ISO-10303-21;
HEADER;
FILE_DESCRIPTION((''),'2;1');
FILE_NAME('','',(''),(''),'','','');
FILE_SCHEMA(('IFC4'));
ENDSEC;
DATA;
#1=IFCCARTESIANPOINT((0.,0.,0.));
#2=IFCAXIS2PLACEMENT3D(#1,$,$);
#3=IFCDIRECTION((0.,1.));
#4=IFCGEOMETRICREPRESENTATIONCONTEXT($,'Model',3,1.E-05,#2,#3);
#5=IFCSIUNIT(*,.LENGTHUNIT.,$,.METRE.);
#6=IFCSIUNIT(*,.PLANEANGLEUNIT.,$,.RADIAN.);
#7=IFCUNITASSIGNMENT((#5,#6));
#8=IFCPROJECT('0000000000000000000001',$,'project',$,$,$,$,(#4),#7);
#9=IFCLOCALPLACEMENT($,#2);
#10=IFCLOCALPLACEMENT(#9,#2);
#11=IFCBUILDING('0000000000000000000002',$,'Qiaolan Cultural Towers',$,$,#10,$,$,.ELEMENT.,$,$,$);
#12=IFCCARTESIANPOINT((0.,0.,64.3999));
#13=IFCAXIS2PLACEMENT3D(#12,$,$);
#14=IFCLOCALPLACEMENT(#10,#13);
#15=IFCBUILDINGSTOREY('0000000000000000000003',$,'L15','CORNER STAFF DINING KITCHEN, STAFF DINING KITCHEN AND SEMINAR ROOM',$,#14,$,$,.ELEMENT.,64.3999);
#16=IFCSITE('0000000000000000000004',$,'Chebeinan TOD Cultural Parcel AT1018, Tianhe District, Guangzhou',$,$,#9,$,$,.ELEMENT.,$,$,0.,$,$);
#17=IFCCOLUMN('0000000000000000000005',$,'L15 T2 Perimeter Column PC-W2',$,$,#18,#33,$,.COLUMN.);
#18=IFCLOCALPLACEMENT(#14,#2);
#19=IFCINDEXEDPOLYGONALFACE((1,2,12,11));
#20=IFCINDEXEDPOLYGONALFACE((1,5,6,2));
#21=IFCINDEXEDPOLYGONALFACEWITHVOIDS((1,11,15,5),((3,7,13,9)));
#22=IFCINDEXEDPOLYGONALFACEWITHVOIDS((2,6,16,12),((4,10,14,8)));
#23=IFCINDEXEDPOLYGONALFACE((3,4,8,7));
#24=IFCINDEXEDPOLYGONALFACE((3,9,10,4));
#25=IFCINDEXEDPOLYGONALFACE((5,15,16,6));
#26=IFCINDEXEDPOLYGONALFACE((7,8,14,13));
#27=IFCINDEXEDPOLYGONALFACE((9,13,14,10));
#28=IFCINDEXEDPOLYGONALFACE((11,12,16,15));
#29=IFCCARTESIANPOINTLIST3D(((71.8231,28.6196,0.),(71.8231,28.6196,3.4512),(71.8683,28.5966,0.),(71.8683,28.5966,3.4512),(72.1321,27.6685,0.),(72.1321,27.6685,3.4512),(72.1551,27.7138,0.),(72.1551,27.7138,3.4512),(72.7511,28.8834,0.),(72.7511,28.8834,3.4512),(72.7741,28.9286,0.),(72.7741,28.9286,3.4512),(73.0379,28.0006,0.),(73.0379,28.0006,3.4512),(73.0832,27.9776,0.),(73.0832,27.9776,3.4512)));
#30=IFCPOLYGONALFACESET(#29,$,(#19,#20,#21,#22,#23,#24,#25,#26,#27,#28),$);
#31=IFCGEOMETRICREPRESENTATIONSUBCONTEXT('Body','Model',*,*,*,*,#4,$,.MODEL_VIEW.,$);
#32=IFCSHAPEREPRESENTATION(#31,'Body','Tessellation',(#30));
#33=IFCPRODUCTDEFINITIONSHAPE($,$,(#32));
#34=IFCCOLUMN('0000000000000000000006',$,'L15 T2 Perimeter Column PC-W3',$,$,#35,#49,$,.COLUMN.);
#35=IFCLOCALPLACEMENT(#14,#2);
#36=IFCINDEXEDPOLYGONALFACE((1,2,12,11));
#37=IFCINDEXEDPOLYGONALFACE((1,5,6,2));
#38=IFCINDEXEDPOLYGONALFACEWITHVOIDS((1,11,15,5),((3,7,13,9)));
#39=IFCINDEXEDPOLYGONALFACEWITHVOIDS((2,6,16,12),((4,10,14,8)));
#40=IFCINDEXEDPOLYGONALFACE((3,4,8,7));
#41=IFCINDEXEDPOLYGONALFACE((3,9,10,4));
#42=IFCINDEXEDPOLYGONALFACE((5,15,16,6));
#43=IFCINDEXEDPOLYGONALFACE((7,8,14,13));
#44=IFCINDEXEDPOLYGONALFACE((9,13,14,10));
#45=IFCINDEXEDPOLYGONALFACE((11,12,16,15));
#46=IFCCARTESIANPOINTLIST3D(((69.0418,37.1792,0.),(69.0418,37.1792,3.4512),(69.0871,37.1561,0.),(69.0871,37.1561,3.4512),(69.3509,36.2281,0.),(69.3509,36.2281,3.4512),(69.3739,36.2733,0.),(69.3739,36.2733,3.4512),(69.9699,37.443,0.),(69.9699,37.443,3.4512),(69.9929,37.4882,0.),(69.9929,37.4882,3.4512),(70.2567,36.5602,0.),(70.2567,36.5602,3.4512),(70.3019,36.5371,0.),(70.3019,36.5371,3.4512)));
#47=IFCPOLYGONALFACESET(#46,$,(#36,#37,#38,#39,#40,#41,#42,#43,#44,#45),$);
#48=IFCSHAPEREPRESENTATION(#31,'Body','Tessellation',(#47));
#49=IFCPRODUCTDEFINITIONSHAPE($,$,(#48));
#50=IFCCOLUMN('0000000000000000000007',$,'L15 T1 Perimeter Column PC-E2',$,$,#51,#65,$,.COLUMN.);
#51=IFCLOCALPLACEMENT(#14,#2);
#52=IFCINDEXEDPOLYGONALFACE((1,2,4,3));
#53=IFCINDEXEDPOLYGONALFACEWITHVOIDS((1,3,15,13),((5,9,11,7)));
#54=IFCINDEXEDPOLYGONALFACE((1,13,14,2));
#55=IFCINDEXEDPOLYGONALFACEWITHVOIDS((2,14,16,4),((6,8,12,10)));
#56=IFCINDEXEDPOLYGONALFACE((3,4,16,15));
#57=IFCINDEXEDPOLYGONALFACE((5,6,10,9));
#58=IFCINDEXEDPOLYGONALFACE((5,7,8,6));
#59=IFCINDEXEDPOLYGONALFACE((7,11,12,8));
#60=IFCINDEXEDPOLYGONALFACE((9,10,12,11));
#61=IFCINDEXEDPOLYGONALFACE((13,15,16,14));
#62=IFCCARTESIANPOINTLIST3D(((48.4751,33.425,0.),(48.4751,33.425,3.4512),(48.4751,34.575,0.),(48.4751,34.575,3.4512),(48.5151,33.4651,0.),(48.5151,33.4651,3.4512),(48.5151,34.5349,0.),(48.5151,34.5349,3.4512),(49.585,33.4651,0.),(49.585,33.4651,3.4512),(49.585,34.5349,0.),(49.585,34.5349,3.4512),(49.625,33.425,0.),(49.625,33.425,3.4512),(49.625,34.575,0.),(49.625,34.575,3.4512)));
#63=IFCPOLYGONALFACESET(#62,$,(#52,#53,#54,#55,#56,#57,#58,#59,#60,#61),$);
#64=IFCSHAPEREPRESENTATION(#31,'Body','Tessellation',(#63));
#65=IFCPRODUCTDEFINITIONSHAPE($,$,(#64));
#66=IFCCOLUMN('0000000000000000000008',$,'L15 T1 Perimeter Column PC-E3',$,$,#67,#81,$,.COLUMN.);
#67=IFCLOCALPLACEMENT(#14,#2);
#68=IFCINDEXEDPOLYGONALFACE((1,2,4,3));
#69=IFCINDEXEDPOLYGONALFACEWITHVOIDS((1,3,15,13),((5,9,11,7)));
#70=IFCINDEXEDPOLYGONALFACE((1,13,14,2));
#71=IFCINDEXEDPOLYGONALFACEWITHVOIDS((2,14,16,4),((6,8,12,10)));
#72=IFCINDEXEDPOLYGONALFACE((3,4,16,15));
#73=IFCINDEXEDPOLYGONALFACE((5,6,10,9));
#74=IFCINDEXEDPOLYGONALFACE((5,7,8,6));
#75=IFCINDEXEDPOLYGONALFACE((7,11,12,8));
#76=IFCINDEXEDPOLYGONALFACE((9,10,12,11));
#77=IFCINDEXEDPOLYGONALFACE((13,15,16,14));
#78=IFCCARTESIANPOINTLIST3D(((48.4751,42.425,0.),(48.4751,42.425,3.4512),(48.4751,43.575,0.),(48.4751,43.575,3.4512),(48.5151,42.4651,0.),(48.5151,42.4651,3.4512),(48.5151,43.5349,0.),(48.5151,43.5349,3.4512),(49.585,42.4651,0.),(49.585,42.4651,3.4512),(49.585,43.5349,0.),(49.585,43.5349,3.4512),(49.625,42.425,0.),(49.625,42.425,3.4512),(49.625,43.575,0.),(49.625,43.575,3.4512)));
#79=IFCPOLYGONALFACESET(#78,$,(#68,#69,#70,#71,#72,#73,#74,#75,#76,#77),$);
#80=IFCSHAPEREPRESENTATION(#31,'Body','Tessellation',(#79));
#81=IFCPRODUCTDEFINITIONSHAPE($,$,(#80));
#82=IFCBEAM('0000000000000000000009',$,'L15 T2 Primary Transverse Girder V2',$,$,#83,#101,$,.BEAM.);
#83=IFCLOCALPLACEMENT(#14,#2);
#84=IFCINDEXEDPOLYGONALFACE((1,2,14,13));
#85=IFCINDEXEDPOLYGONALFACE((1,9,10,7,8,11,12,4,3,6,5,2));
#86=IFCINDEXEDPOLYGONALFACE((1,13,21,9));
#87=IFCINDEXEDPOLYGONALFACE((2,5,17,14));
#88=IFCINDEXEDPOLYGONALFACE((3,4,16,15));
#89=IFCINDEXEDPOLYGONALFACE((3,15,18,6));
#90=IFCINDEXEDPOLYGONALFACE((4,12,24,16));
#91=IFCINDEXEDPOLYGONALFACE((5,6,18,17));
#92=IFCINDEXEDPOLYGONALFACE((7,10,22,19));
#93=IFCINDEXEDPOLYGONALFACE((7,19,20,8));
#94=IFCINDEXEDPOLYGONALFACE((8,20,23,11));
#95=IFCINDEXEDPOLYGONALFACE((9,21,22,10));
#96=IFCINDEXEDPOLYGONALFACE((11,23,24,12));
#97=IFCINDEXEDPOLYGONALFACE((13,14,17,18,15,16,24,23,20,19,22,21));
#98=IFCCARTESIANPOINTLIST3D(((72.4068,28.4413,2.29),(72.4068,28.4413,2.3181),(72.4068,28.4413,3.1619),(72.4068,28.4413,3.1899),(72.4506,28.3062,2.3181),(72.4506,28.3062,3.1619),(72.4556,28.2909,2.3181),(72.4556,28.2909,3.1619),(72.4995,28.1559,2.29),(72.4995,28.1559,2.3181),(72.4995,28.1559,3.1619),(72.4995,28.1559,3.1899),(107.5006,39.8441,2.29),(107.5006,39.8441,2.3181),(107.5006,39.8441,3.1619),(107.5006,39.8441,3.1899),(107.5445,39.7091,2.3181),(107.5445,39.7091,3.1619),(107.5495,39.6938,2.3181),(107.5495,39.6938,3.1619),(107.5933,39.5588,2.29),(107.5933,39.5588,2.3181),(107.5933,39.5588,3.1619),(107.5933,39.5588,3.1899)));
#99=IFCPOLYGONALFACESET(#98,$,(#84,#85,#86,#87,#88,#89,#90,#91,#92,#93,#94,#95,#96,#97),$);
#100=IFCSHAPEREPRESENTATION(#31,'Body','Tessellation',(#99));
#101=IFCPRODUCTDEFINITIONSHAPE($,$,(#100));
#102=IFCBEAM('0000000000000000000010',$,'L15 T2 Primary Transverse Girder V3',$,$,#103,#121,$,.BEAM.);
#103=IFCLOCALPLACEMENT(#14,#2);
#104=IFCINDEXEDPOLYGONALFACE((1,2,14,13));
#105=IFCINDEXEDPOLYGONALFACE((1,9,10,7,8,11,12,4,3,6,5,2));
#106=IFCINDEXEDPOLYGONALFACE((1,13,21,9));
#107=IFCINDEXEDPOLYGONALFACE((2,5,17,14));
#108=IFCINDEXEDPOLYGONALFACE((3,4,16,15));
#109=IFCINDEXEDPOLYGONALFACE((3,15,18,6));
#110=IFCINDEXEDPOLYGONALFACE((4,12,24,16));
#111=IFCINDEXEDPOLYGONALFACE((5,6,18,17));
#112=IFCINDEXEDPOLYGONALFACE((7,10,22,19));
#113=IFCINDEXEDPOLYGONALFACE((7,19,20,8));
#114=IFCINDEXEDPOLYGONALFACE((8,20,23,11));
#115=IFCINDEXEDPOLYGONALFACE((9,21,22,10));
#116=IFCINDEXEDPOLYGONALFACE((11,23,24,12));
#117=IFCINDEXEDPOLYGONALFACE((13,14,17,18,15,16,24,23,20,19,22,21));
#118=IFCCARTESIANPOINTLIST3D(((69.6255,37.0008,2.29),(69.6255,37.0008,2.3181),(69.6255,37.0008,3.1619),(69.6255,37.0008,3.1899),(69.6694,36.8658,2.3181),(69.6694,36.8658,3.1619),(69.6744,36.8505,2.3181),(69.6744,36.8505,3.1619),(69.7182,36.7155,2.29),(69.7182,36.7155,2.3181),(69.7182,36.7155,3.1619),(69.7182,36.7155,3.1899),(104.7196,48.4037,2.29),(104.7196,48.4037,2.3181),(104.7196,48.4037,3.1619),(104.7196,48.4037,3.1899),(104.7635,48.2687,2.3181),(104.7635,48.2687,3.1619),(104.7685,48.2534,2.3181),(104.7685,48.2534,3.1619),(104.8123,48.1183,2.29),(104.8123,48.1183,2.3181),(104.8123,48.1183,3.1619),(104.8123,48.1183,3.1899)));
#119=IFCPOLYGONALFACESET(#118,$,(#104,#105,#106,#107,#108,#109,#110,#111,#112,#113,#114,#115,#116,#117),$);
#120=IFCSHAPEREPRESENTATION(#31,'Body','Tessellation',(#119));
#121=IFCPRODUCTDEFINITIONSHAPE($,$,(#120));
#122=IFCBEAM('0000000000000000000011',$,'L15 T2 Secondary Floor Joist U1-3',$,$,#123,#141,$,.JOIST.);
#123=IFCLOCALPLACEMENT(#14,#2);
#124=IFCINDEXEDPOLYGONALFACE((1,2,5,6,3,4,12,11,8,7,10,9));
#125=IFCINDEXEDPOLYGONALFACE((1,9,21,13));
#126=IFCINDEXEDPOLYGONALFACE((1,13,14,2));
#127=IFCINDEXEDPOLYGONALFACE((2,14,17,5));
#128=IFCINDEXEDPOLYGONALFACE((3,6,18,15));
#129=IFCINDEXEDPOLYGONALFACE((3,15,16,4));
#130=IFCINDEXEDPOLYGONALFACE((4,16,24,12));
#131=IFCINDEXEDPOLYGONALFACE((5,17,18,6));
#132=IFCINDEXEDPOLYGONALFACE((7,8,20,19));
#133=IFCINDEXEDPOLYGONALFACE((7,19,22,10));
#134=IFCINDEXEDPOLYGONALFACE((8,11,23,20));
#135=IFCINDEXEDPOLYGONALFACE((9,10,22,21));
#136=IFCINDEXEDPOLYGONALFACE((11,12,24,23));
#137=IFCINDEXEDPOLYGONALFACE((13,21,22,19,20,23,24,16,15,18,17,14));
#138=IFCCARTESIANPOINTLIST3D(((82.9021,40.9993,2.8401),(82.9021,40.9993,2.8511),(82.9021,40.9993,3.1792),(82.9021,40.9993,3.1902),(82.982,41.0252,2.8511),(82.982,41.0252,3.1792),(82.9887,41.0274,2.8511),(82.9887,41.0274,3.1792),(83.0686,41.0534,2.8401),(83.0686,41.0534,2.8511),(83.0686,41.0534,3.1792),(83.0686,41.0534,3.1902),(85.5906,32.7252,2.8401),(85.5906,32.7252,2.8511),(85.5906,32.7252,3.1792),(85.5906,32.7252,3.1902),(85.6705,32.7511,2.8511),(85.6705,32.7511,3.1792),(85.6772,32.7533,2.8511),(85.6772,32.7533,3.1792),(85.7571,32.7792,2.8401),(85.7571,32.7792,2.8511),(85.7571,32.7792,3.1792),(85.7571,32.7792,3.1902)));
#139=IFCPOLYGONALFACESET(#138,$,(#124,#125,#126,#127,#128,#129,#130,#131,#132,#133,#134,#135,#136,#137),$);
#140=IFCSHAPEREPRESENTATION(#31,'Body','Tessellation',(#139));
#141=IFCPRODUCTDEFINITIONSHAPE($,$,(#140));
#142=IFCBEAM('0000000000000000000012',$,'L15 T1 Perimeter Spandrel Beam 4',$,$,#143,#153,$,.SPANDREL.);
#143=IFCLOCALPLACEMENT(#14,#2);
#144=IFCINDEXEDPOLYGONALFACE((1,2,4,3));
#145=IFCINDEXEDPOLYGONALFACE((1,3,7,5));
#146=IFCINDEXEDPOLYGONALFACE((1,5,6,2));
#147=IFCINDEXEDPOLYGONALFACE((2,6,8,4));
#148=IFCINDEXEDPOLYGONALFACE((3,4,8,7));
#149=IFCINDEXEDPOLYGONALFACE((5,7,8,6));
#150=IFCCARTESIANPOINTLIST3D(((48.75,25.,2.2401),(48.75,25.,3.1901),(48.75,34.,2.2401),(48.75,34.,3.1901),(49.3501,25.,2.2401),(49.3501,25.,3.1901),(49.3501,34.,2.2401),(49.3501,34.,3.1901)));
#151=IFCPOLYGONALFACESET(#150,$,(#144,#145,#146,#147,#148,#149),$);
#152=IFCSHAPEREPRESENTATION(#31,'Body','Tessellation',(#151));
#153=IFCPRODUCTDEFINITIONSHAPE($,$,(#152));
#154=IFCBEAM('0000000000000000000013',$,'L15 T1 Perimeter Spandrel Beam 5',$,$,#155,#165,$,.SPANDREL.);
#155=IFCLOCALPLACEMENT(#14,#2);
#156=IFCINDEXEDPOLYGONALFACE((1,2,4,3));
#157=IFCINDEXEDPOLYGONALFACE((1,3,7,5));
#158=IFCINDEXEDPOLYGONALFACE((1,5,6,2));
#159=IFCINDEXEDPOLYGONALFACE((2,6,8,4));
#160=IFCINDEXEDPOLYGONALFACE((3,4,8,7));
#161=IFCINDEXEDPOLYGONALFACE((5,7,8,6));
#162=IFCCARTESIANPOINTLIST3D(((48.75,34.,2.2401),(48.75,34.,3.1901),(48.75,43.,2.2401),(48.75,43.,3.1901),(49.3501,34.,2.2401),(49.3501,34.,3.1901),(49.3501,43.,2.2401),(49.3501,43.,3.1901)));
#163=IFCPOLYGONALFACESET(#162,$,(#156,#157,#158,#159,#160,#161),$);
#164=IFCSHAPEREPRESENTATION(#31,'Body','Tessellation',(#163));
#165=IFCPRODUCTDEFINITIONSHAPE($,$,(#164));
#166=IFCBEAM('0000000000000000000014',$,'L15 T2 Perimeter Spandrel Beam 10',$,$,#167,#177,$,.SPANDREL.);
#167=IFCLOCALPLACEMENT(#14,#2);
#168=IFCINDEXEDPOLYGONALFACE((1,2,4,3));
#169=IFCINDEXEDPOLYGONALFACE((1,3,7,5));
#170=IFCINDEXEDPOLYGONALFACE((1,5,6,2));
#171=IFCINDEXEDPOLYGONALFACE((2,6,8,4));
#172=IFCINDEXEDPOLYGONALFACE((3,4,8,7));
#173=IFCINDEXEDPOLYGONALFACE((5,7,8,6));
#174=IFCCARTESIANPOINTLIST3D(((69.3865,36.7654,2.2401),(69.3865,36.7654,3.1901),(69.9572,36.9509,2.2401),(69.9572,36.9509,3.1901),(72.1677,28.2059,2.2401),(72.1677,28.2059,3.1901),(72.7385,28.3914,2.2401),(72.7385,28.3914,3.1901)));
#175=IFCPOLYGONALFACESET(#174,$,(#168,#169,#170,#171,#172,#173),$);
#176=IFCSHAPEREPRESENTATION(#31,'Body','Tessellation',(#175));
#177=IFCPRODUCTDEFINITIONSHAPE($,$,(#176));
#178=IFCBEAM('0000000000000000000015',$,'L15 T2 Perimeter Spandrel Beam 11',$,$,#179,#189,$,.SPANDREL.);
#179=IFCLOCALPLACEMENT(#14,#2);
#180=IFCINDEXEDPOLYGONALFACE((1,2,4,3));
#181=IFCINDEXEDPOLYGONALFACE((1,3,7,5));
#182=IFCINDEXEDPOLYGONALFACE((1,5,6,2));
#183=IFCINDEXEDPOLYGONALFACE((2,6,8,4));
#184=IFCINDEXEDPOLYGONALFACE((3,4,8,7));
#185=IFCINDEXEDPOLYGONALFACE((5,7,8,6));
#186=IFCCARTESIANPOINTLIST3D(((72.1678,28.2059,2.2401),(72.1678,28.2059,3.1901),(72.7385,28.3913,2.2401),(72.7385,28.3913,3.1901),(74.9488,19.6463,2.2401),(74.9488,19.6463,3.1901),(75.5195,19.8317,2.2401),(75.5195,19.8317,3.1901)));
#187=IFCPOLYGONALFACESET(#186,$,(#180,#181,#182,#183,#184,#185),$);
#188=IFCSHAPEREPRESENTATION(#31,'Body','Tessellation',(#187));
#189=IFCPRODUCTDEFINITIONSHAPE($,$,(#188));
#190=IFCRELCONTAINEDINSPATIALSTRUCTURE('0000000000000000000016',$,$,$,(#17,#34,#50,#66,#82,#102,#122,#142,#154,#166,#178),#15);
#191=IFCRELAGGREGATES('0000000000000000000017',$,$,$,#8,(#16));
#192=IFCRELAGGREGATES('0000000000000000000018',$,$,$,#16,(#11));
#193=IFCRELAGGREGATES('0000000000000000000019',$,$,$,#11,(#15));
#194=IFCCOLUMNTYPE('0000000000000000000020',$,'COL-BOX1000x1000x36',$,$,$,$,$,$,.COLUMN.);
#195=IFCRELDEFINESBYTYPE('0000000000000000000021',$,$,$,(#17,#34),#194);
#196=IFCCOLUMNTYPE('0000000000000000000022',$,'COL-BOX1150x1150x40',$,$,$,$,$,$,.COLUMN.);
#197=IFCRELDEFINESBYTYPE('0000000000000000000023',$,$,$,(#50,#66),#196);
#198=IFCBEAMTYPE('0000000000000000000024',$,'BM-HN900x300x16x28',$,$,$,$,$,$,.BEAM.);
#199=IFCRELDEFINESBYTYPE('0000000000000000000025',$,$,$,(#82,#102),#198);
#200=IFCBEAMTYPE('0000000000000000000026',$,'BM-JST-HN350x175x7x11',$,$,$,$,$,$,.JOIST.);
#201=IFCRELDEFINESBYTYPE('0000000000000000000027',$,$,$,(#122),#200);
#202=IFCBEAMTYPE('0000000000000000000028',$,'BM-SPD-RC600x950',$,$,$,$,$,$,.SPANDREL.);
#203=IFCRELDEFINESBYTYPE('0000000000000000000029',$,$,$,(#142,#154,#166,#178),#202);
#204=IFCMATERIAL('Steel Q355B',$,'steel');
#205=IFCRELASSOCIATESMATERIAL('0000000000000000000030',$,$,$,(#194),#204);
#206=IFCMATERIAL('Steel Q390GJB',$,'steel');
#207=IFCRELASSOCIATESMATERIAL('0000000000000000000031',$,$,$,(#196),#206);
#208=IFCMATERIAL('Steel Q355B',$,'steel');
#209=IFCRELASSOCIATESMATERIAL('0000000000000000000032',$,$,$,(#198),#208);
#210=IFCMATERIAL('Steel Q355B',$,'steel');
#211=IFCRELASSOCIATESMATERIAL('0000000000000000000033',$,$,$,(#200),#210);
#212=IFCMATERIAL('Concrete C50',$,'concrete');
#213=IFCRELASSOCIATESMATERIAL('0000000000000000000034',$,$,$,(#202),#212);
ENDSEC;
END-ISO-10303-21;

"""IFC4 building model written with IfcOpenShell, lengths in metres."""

from ifc_helpers import new_model, si_unit, direction, frame, origin, origin_2d, place, context, subcontext, project, spatial, rectangle, hollow_rectangle, i_section, extrude, material, material_profile, profile_set, type_object, element, save


model = new_model("IFC4")

# Units and contexts
model_context = context("Model", 3, precision=1e-05, world=origin(), true_north=direction((0.0, 1.0)))
body_context = subcontext(model_context, "Body", "Model", "MODEL_VIEW")
ifc_project = project(units=[si_unit("LENGTHUNIT", "METRE"), si_unit("PLANEANGLEUNIT", "RADIAN")], contexts=[model_context])

# Site, building, storey
site_placement = place(None, origin())
site = spatial("IfcSite", under=ifc_project, at=site_placement, Name="Chebeinan TOD Cultural Parcel AT1018, Tianhe District, Guangzhou", CompositionType="ELEMENT", RefElevation=0.0)
building_placement = place(site_placement, origin())
building = spatial("IfcBuilding", under=site, at=building_placement, Name="Qiaolan Cultural Towers", CompositionType="ELEMENT")
storey_placement = place(building_placement, frame((0.0, 0.0, 64.3999)))
storey = spatial("IfcBuildingStorey", under=building, at=storey_placement, Name="L15", Description="CORNER STAFF DINING KITCHEN, STAFF DINING KITCHEN AND SEMINAR ROOM", CompositionType="ELEMENT", Elevation=64.3999)

# Columns
ifc_material_1 = material(Name="Steel Q355B", Category="steel")
ifc_material_profile_1 = material_profile(ifc_material_1, hollow_rectangle(XDim=1.0, YDim=1.0, WallThickness=0.0359, at=origin_2d()), Name="BOX1000x1000x36")
ifc_profile_set_1 = profile_set([ifc_material_profile_1], Name="Steel Q355B")
column_type_1 = type_object("IfcColumnType", Name="COL-BOX1000x1000x36", PredefinedType="COLUMN", material=ifc_profile_set_1)
for number, where, z_axis, x_axis, name in (
    (1, (72.4531, 28.2986, 0.0), (0.0, 0.0, 1.0), (0.951057, 0.309017, 0.0), "L15 T2 Perimeter Column PC-W2"),
    (2, (69.6719, 36.8582, 0.0), (0.0, 0.0, 1.0), (0.951057, 0.309017, 0.0), "L15 T2 Perimeter Column PC-W3"),
):
    element("IfcColumn", number, at=place(storey_placement, frame(where, z_axis=z_axis, x_axis=x_axis)), inside=storey, type_object=column_type_1, Name=name, PredefinedType="COLUMN", context=body_context, shape_type="SweptSolid", body=[
        extrude(hollow_rectangle(XDim=1.0, YDim=1.0, WallThickness=0.0359, at=origin_2d()), origin(), (0.0, 0.0, 1.0), 3.4512),
    ])
ifc_material_2 = material(Name="Steel Q390GJB", Category="steel")
ifc_material_profile_2 = material_profile(ifc_material_2, hollow_rectangle(XDim=1.1499, YDim=1.1499, WallThickness=0.04, at=origin_2d()), Name="BOX1150x1150x40")
ifc_profile_set_2 = profile_set([ifc_material_profile_2], Name="Steel Q390GJB")
column_type_2 = type_object("IfcColumnType", Name="COL-BOX1150x1150x40", PredefinedType="COLUMN", material=ifc_profile_set_2)
for number, where, z_axis, x_axis, name in (
    (3, (49.05, 34.0, 0.0), (0.0, 0.0, 1.0), (1.0, 0.0, 0.0), "L15 T1 Perimeter Column PC-E2"),
    (4, (49.05, 43.0, 0.0), (0.0, 0.0, 1.0), (1.0, 0.0, 0.0), "L15 T1 Perimeter Column PC-E3"),
):
    element("IfcColumn", number, at=place(storey_placement, frame(where, z_axis=z_axis, x_axis=x_axis)), inside=storey, type_object=column_type_2, Name=name, PredefinedType="COLUMN", context=body_context, shape_type="SweptSolid", body=[
        extrude(hollow_rectangle(XDim=1.1499, YDim=1.1499, WallThickness=0.04, at=origin_2d()), origin(), (0.0, 0.0, 1.0), 3.4512),
    ])

# Beams
ifc_material_3 = material(Name="Steel Q355B", Category="steel")
ifc_material_profile_3 = material_profile(ifc_material_3, i_section(OverallWidth=0.3, OverallDepth=0.8999, WebThickness=0.0161, FlangeThickness=0.0281, at=origin_2d()), Name="HN900x300x16x28")
ifc_profile_set_3 = profile_set([ifc_material_profile_3], Name="Steel Q355B")
beam_type_1 = type_object("IfcBeamType", Name="BM-HN900x300x16x28", PredefinedType="BEAM", material=ifc_profile_set_3)
beam_1_placement = place(storey_placement, frame((72.4531, 28.2986, 2.74), z_axis=(0.951055, 0.309021, 0.0), x_axis=(-0.309021, 0.951055, 0.0)))
element("IfcBeam", 5, at=beam_1_placement, inside=storey, type_object=beam_type_1, Name="L15 T2 Primary Transverse Girder V2", PredefinedType="BEAM", context=body_context, shape_type="SweptSolid", body=[
    extrude(i_section(OverallWidth=0.3, OverallDepth=0.8999, WebThickness=0.0161, FlangeThickness=0.0281, at=origin_2d()), origin(), (0.0, 0.0, 1.0), 36.8999),
])
beam_2_placement = place(storey_placement, frame((69.6719, 36.8582, 2.74), z_axis=(0.951056, 0.309019, 0.0), x_axis=(-0.309019, 0.951056, 0.0)))
element("IfcBeam", 6, at=beam_2_placement, inside=storey, type_object=beam_type_1, Name="L15 T2 Primary Transverse Girder V3", PredefinedType="BEAM", context=body_context, shape_type="SweptSolid", body=[
    extrude(i_section(OverallWidth=0.3, OverallDepth=0.8999, WebThickness=0.0161, FlangeThickness=0.0281, at=origin_2d()), origin(), (0.0, 0.0, 1.0), 36.9001),
])
ifc_material_4 = material(Name="Steel Q355B", Category="steel")
ifc_material_profile_4 = material_profile(ifc_material_4, i_section(OverallWidth=0.175, OverallDepth=0.3501, WebThickness=0.0071, FlangeThickness=0.011, at=origin_2d()), Name="HN350x175x7x11")
ifc_profile_set_4 = profile_set([ifc_material_profile_4], Name="Steel Q355B")
beam_type_2 = type_object("IfcBeamType", Name="BM-JST-HN350x175x7x11", PredefinedType="JOIST", material=ifc_profile_set_4)
beam_3_placement = place(storey_placement, frame((85.6738, 32.7522, 3.0151), z_axis=(-0.309021, 0.951055, 0.0), x_axis=(-0.951055, -0.309021, 0.0)))
element("IfcBeam", 7, at=beam_3_placement, inside=storey, type_object=beam_type_2, Name="L15 T2 Secondary Floor Joist U1-3", PredefinedType="JOIST", context=body_context, shape_type="SweptSolid", body=[
    extrude(i_section(OverallWidth=0.175, OverallDepth=0.3501, WebThickness=0.0071, FlangeThickness=0.011, at=origin_2d()), origin(), (0.0, 0.0, 1.0), 8.7),
])
ifc_material_5 = material(Name="Concrete C50", Category="concrete")
ifc_material_profile_5 = material_profile(ifc_material_5, rectangle(XDim=0.6001, YDim=0.95, at=origin_2d()), Name="RC600x950")
ifc_profile_set_5 = profile_set([ifc_material_profile_5], Name="Concrete C50")
beam_type_3 = type_object("IfcBeamType", Name="BM-SPD-RC600x950", PredefinedType="SPANDREL", material=ifc_profile_set_5)
for number, where, z_axis, x_axis, name in (
    (8, (49.05, 25.0, 2.7151), (0.0, 1.0, 0.0), (-1.0, 0.0, 0.0), "L15 T1 Perimeter Spandrel Beam 4"),
    (9, (49.05, 34.0, 2.7151), (0.0, 1.0, 0.0), (-1.0, 0.0, 0.0), "L15 T1 Perimeter Spandrel Beam 5"),
    (10, (69.6719, 36.8582, 2.7151), (0.309025, -0.951054, 0.0), (0.951054, 0.309025, 0.0), "L15 T2 Perimeter Spandrel Beam 10"),
    (11, (72.4531, 28.2986, 2.7151), (0.309, -0.951062, 0.0), (0.951062, 0.309, 0.0), "L15 T2 Perimeter Spandrel Beam 11"),
):
    element("IfcBeam", number, at=place(storey_placement, frame(where, z_axis=z_axis, x_axis=x_axis)), inside=storey, type_object=beam_type_3, Name=name, PredefinedType="SPANDREL", context=body_context, shape_type="SweptSolid", body=[
        extrude(rectangle(XDim=0.6001, YDim=0.95, at=origin_2d()), origin(), (0.0, 0.0, 1.0), 9.0),
    ])

save(model, "model.ifc")
